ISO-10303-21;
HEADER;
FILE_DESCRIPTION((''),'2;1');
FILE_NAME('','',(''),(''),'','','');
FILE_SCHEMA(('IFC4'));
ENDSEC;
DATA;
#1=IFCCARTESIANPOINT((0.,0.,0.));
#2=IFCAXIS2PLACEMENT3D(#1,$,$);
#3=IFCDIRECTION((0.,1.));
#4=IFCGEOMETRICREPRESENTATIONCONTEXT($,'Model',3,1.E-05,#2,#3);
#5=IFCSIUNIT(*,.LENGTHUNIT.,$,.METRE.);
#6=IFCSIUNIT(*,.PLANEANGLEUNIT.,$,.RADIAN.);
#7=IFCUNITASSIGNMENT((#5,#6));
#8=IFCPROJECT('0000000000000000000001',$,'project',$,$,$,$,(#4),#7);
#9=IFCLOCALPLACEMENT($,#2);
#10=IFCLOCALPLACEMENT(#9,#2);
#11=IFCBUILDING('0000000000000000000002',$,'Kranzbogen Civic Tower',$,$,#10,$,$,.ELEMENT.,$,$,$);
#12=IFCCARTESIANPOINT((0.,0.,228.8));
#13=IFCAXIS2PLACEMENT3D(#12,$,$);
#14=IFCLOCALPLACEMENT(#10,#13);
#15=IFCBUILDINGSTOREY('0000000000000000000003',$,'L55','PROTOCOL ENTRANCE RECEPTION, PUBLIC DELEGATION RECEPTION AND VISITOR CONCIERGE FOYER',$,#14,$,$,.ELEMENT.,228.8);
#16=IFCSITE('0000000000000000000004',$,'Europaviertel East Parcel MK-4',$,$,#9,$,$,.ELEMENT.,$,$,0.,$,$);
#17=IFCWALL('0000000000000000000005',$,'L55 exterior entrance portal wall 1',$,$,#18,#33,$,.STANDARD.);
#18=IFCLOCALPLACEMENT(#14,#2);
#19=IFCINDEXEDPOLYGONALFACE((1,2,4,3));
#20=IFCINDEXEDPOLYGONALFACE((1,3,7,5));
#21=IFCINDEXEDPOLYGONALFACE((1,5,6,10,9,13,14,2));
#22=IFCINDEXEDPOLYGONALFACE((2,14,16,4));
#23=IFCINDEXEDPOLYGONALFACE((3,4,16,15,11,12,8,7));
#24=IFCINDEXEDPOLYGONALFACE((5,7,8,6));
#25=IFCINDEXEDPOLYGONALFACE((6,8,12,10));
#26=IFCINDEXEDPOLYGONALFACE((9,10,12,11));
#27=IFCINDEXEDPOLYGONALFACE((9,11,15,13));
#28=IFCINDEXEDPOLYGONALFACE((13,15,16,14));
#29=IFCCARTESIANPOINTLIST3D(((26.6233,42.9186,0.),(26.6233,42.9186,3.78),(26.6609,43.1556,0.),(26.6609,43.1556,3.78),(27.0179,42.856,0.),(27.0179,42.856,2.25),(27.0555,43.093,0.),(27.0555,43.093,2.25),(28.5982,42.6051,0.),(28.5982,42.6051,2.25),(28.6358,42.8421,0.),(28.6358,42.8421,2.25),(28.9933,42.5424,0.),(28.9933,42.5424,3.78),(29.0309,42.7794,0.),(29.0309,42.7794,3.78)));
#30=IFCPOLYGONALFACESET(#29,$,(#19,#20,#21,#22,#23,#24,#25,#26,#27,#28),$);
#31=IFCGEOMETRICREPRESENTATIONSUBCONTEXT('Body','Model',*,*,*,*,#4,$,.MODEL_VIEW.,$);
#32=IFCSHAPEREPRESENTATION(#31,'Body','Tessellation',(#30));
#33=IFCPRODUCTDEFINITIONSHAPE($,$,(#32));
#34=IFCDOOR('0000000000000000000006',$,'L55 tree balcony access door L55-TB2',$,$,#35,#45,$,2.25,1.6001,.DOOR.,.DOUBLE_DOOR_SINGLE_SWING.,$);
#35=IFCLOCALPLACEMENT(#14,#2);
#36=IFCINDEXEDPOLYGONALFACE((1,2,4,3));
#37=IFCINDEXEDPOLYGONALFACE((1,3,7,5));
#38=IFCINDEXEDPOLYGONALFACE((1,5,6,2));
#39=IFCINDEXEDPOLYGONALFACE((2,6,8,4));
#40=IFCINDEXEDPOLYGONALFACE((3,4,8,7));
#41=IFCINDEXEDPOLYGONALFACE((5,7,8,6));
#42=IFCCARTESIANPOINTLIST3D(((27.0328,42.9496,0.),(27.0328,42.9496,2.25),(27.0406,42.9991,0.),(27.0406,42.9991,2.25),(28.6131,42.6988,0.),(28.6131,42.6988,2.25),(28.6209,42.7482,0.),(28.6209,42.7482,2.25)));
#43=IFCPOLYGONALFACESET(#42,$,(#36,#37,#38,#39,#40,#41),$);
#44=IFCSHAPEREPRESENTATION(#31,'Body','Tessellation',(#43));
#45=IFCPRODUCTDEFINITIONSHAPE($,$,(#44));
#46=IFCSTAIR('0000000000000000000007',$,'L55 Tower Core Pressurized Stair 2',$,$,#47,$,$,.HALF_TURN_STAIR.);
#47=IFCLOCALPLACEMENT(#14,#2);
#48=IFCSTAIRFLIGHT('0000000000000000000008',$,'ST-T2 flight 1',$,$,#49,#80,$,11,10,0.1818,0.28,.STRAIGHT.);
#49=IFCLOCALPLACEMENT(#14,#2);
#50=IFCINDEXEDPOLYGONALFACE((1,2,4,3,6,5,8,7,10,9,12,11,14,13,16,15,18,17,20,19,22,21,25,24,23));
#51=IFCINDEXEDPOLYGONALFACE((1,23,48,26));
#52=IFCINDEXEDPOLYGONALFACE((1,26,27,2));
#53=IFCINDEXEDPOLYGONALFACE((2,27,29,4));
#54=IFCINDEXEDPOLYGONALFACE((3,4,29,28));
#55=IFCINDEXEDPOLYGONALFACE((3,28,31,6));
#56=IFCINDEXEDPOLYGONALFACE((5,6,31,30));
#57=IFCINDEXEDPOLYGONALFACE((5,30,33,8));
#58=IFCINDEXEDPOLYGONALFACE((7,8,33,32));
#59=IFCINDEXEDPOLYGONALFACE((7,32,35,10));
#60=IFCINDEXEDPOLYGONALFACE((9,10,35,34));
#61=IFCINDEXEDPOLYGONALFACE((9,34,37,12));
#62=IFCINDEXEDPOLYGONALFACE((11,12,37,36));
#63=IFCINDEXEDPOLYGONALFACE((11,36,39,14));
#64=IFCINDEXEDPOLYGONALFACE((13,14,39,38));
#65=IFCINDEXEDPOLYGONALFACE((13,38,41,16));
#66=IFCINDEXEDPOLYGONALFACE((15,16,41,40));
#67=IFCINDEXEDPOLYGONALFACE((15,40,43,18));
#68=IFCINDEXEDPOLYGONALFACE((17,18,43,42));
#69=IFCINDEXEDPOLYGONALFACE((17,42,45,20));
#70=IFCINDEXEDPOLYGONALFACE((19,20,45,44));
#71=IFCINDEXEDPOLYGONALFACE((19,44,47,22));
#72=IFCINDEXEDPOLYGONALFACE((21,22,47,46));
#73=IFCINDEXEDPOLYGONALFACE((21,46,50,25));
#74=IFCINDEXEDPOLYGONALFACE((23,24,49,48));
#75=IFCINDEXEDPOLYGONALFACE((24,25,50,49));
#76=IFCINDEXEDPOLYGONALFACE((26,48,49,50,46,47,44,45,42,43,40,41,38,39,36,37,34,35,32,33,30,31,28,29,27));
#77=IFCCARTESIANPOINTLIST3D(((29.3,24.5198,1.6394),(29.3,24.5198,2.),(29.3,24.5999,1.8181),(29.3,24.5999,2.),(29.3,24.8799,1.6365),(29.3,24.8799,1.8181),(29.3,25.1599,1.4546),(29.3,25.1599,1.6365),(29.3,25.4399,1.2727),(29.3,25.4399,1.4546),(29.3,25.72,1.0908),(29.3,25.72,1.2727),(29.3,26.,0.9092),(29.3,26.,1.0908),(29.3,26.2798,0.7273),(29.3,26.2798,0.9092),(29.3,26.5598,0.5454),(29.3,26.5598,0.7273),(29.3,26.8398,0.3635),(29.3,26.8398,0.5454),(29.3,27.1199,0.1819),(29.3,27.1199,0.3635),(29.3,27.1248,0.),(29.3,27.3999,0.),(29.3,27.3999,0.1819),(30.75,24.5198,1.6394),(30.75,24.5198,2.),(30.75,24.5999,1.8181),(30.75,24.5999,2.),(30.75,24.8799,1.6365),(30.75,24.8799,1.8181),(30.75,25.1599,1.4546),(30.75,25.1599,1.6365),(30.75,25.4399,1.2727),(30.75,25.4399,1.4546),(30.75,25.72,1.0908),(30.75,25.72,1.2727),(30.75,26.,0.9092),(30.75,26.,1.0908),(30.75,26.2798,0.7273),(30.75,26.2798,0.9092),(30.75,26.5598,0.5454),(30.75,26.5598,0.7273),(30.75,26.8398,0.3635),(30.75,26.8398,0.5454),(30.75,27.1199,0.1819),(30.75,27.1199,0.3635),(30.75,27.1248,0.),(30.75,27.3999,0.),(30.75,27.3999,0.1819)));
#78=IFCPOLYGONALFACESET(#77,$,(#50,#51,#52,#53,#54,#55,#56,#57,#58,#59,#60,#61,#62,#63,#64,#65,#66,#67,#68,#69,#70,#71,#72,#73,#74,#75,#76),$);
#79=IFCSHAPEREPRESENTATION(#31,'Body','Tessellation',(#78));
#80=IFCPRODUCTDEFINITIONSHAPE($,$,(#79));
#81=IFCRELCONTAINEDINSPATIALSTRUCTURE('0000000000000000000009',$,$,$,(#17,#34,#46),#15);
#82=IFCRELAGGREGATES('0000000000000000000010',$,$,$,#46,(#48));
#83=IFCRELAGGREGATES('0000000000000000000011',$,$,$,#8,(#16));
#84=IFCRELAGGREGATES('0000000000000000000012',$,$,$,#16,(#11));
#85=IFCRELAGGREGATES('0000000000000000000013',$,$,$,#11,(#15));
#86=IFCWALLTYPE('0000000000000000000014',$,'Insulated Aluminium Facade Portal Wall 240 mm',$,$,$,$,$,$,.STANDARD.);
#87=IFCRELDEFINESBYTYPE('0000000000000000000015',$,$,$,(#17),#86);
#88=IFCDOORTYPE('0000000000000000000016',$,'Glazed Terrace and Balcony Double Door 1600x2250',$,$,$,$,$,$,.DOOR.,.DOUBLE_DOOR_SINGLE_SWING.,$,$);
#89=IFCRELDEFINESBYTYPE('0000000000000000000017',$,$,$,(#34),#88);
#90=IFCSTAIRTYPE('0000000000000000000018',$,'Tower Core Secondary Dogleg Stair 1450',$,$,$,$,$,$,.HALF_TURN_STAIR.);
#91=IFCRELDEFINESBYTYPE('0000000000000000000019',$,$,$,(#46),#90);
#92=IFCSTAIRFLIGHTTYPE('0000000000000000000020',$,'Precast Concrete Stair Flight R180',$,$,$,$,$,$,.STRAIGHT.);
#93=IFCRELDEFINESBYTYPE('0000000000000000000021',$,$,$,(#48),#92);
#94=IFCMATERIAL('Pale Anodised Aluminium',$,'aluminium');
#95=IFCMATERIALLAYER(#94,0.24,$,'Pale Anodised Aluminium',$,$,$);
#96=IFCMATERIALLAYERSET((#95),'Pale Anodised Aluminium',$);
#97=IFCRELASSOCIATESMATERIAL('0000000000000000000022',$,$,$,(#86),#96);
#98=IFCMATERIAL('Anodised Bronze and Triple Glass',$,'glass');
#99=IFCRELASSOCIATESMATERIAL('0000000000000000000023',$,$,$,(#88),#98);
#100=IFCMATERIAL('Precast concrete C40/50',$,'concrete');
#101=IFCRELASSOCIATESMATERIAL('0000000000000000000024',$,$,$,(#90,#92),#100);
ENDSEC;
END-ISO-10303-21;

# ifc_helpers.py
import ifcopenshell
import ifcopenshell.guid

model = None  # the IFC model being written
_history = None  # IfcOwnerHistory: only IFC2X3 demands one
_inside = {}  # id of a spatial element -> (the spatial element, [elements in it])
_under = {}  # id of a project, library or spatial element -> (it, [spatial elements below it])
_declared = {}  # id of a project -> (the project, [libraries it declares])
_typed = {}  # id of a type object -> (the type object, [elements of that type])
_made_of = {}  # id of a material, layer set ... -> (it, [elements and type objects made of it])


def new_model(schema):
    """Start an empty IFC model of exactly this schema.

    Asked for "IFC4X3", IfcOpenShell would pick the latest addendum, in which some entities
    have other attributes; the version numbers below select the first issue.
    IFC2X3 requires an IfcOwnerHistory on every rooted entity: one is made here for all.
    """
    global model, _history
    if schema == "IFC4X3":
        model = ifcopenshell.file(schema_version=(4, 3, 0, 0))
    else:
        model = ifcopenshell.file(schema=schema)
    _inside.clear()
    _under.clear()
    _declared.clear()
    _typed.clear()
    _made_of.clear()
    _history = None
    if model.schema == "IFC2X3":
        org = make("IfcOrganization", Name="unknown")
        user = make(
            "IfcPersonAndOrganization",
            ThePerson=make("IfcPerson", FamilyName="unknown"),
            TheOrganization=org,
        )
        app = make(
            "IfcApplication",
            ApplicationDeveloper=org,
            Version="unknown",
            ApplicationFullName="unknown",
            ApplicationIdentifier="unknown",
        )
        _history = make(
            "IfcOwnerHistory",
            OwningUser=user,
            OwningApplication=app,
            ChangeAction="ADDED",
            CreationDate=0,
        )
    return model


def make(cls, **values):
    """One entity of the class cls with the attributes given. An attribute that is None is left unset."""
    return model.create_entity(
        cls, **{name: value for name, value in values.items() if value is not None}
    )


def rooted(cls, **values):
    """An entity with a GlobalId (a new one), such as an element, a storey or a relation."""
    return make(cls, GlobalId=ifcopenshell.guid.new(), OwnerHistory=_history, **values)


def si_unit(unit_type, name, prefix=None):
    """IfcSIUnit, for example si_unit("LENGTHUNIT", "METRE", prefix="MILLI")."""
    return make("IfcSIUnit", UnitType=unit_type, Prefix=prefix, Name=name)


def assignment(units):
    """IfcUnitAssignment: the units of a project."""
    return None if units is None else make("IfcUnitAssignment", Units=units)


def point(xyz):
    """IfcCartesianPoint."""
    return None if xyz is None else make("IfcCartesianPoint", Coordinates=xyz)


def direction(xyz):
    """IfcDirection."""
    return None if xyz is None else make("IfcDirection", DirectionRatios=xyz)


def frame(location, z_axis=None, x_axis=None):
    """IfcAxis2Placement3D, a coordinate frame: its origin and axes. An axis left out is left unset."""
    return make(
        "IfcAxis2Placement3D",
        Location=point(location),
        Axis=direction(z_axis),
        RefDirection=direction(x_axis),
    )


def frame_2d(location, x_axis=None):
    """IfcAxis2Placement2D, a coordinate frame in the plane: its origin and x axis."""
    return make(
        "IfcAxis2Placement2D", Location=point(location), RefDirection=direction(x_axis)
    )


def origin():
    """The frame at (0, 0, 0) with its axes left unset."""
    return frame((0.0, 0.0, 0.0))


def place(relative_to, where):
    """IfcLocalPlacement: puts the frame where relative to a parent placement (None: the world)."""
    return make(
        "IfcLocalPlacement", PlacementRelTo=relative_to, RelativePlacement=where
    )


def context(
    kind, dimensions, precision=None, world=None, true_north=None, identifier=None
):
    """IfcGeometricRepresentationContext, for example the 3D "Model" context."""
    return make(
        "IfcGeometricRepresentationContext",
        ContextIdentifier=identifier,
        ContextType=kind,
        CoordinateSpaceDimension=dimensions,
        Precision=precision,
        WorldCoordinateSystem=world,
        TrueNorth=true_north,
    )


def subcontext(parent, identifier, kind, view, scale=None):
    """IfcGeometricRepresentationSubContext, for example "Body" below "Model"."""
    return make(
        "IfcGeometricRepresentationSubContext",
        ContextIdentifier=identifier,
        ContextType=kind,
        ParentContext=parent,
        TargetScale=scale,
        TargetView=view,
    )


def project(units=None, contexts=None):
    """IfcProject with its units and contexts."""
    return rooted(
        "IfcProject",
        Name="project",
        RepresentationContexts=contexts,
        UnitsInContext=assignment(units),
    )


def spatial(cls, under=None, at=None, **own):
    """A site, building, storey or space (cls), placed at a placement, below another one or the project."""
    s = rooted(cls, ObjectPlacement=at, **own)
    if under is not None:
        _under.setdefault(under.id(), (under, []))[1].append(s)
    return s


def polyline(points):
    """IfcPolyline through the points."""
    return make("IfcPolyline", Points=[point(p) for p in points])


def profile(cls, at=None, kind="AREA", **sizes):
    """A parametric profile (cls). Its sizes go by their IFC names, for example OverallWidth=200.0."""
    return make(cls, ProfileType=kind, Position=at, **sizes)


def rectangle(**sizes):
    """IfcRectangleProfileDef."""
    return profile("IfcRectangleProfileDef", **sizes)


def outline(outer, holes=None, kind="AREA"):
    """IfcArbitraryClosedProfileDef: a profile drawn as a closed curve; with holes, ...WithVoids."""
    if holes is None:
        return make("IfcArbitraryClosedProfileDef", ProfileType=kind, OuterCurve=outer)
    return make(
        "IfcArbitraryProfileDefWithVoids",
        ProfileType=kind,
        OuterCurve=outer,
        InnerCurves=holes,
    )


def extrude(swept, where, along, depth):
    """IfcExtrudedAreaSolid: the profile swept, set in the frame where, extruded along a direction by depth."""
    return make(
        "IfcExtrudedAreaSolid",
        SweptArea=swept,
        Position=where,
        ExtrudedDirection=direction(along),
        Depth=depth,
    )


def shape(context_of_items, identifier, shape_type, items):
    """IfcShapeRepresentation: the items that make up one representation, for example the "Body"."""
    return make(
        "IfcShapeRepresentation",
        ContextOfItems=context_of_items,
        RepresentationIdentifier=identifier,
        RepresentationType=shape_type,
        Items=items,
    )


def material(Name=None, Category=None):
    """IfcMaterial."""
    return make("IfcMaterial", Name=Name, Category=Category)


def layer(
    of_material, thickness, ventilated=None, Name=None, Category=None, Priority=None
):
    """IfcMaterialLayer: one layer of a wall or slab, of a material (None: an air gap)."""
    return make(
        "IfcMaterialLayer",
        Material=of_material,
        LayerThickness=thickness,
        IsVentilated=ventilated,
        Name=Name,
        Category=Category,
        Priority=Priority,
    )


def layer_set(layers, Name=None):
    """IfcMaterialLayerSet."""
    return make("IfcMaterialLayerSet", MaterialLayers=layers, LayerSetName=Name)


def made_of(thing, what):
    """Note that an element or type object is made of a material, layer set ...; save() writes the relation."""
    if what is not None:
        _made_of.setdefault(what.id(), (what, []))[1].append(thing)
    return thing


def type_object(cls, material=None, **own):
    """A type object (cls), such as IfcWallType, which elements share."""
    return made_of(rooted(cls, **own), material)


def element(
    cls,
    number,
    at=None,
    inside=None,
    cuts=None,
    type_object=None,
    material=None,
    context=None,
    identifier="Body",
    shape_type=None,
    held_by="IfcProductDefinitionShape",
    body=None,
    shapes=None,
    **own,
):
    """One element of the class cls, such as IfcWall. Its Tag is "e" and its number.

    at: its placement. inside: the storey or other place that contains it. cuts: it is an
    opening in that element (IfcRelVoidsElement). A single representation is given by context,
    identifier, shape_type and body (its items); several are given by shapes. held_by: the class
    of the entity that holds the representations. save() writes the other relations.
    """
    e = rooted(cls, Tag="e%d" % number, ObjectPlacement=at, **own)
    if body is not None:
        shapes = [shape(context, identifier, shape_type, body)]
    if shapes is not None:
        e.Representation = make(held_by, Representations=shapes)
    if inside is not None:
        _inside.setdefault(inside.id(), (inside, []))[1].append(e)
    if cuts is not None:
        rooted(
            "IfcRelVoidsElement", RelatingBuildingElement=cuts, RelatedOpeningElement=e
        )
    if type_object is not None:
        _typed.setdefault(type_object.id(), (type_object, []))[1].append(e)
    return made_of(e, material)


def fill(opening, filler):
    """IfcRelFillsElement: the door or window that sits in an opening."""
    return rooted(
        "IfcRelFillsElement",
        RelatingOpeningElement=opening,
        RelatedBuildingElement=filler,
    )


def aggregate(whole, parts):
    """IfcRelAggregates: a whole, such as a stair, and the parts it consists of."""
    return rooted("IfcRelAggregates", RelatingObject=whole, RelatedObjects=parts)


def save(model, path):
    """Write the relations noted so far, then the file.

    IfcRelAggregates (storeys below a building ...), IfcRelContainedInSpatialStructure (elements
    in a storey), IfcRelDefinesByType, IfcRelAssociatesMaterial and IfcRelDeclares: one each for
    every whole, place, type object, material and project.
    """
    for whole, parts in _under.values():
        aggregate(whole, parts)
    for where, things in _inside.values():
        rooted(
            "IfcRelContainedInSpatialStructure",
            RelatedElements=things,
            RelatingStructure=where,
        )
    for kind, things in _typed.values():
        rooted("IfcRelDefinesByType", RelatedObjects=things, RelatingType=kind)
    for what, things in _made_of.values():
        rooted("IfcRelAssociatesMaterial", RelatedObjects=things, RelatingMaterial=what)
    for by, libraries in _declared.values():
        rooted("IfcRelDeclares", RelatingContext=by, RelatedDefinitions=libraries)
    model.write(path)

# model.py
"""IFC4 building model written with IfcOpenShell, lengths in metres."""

from ifc_helpers import new_model, si_unit, direction, frame, frame_2d, origin, place, context, subcontext, project, spatial, polyline, rectangle, outline, extrude, material, layer, layer_set, type_object, element, fill, aggregate, save


model = new_model("IFC4")

# Units and contexts
model_context = context("Model", 3, precision=1e-05, world=origin(), true_north=direction((0.0, 1.0)))
body_context = subcontext(model_context, "Body", "Model", "MODEL_VIEW")
ifc_project = project(units=[si_unit("LENGTHUNIT", "METRE"), si_unit("PLANEANGLEUNIT", "RADIAN")], contexts=[model_context])

# Site, building, storey
site_placement = place(None, origin())
site = spatial("IfcSite", under=ifc_project, at=site_placement, Name="Europaviertel East Parcel MK-4", CompositionType="ELEMENT", RefElevation=0.0)
building_placement = place(site_placement, origin())
building = spatial("IfcBuilding", under=site, at=building_placement, Name="Kranzbogen Civic Tower", CompositionType="ELEMENT")
storey_placement = place(building_placement, frame((0.0, 0.0, 228.8)))
storey = spatial("IfcBuildingStorey", under=building, at=storey_placement, Name="L55", Description="PROTOCOL ENTRANCE RECEPTION, PUBLIC DELEGATION RECEPTION AND VISITOR CONCIERGE FOYER", CompositionType="ELEMENT", Elevation=228.8)

# Shared definitions
ifc_material_1 = material(Name="Pale Anodised Aluminium", Category="aluminium")

# Wall, opening, door
ifc_layer_1 = layer(ifc_material_1, 0.24, Name="Pale Anodised Aluminium")
ifc_layer_set_1 = layer_set([ifc_layer_1], Name="Pale Anodised Aluminium")
wall_type_1 = type_object("IfcWallType", Name="Insulated Aluminium Facade Portal Wall 240 mm", PredefinedType="STANDARD", material=ifc_layer_set_1)
wall_1_placement = place(storey_placement, frame((29.012, 42.6609, 0.0), z_axis=(0.0, 0.0, 1.0), x_axis=(-0.987632, 0.156788, 0.0)))
wall_1 = element("IfcWall", 1, at=wall_1_placement, inside=storey, type_object=wall_type_1, Name="L55 exterior entrance portal wall 1", PredefinedType="STANDARD", context=body_context, shape_type="SweptSolid", body=[
    extrude(rectangle(XDim=2.3997, YDim=0.24, at=frame_2d((1.1997, 0.0))), origin(), (0.0, 0.0, 1.0), 3.78),
])
opening_1_placement = place(wall_1_placement, frame((0.3999, 0.0, 0.0)))
opening_1 = element("IfcOpeningElement", 2, at=opening_1_placement, cuts=wall_1, PredefinedType="OPENING", context=body_context, shape_type="SweptSolid", body=[
    extrude(rectangle(XDim=1.6001, YDim=2.25, at=frame_2d((0.8, 1.125))), frame((0.0, 0.1299, 0.0), z_axis=(0.0, -1.0, 0.0), x_axis=(1.0, 0.0, 0.0)), (0.0, 0.0, 1.0), 0.26),
])
ifc_material_2 = material(Name="Anodised Bronze and Triple Glass", Category="glass")
door_type_1 = type_object("IfcDoorType", Name="Glazed Terrace and Balcony Double Door 1600x2250", OperationType="DOUBLE_DOOR_SINGLE_SWING", PredefinedType="DOOR", material=ifc_material_2)
door_1_placement = place(opening_1_placement, frame((1.6001, 0.0, 0.0), z_axis=(0.0, 0.0, 1.0), x_axis=(-1.0, 0.0, 0.0)))
door_1 = element("IfcDoor", 3, at=door_1_placement, inside=storey, type_object=door_type_1, Name="L55 tree balcony access door L55-TB2", OperationType="DOUBLE_DOOR_SINGLE_SWING", OverallHeight=2.25, OverallWidth=1.6001, PredefinedType="DOOR", context=body_context, shape_type="SweptSolid", body=[
    extrude(rectangle(XDim=1.6001, YDim=2.25, at=frame_2d((0.8, 1.125))), frame((0.0, 0.0249, 0.0), z_axis=(0.0, -1.0, 0.0), x_axis=(1.0, 0.0, 0.0)), (0.0, 0.0, 1.0), 0.05),
])
fill(opening_1, door_1)

# Stair, stair flight
ifc_material_3 = material(Name="Precast concrete C40/50", Category="concrete")
stair_type = type_object("IfcStairType", Name="Tower Core Secondary Dogleg Stair 1450", PredefinedType="HALF_TURN_STAIR", material=ifc_material_3)
stair_placement = place(storey_placement, origin())
stair = element("IfcStair", 4, at=stair_placement, inside=storey, type_object=stair_type, Name="L55 Tower Core Pressurized Stair 2", PredefinedType="HALF_TURN_STAIR")
stair_flight_type = type_object("IfcStairFlightType", Name="Precast Concrete Stair Flight R180", PredefinedType="STRAIGHT", material=ifc_material_3)
stair_flight_placement = place(storey_placement, frame((30.0249, 27.3999, 0.0), z_axis=(0.0, 0.0, 1.0), x_axis=(0.0, -1.0, 0.0)))
stair_flight = element("IfcStairFlight", 5, at=stair_flight_placement, type_object=stair_flight_type, Name="ST-T2 flight 1", NumberOfRisers=11, NumberOfTreads=10, PredefinedType="STRAIGHT", RiserHeight=0.1818, TreadLength=0.28, context=body_context, shape_type="SweptSolid", body=[
    extrude(outline(polyline([(0.0, 0.0), (0.0, 0.1819), (0.28, 0.1819), (0.28, 0.3635), (0.5601, 0.3635), (0.5601, 0.5454), (0.8401, 0.5454), (0.8401, 0.7273), (1.1201, 0.7273), (1.1201, 0.9092), (1.3999, 0.9092), (1.3999, 1.0908), (1.6799, 1.0908), (1.6799, 1.2727), (1.96, 1.2727), (1.96, 1.4546), (2.24, 1.4546), (2.24, 1.6365), (2.52, 1.6365), (2.52, 1.8181), (2.8, 1.8181), (2.8, 2.0), (2.8801, 2.0), (2.8801, 1.6394), (0.2751, 0.0), (0.0, 0.0)])), frame((0.0, 0.7251, 0.0), z_axis=(0.0, -1.0, 0.0), x_axis=(1.0, 0.0, 0.0)), (0.0, 0.0, 1.0), 1.45),
])
aggregate(stair, [stair_flight])

save(model, "model.ifc")
